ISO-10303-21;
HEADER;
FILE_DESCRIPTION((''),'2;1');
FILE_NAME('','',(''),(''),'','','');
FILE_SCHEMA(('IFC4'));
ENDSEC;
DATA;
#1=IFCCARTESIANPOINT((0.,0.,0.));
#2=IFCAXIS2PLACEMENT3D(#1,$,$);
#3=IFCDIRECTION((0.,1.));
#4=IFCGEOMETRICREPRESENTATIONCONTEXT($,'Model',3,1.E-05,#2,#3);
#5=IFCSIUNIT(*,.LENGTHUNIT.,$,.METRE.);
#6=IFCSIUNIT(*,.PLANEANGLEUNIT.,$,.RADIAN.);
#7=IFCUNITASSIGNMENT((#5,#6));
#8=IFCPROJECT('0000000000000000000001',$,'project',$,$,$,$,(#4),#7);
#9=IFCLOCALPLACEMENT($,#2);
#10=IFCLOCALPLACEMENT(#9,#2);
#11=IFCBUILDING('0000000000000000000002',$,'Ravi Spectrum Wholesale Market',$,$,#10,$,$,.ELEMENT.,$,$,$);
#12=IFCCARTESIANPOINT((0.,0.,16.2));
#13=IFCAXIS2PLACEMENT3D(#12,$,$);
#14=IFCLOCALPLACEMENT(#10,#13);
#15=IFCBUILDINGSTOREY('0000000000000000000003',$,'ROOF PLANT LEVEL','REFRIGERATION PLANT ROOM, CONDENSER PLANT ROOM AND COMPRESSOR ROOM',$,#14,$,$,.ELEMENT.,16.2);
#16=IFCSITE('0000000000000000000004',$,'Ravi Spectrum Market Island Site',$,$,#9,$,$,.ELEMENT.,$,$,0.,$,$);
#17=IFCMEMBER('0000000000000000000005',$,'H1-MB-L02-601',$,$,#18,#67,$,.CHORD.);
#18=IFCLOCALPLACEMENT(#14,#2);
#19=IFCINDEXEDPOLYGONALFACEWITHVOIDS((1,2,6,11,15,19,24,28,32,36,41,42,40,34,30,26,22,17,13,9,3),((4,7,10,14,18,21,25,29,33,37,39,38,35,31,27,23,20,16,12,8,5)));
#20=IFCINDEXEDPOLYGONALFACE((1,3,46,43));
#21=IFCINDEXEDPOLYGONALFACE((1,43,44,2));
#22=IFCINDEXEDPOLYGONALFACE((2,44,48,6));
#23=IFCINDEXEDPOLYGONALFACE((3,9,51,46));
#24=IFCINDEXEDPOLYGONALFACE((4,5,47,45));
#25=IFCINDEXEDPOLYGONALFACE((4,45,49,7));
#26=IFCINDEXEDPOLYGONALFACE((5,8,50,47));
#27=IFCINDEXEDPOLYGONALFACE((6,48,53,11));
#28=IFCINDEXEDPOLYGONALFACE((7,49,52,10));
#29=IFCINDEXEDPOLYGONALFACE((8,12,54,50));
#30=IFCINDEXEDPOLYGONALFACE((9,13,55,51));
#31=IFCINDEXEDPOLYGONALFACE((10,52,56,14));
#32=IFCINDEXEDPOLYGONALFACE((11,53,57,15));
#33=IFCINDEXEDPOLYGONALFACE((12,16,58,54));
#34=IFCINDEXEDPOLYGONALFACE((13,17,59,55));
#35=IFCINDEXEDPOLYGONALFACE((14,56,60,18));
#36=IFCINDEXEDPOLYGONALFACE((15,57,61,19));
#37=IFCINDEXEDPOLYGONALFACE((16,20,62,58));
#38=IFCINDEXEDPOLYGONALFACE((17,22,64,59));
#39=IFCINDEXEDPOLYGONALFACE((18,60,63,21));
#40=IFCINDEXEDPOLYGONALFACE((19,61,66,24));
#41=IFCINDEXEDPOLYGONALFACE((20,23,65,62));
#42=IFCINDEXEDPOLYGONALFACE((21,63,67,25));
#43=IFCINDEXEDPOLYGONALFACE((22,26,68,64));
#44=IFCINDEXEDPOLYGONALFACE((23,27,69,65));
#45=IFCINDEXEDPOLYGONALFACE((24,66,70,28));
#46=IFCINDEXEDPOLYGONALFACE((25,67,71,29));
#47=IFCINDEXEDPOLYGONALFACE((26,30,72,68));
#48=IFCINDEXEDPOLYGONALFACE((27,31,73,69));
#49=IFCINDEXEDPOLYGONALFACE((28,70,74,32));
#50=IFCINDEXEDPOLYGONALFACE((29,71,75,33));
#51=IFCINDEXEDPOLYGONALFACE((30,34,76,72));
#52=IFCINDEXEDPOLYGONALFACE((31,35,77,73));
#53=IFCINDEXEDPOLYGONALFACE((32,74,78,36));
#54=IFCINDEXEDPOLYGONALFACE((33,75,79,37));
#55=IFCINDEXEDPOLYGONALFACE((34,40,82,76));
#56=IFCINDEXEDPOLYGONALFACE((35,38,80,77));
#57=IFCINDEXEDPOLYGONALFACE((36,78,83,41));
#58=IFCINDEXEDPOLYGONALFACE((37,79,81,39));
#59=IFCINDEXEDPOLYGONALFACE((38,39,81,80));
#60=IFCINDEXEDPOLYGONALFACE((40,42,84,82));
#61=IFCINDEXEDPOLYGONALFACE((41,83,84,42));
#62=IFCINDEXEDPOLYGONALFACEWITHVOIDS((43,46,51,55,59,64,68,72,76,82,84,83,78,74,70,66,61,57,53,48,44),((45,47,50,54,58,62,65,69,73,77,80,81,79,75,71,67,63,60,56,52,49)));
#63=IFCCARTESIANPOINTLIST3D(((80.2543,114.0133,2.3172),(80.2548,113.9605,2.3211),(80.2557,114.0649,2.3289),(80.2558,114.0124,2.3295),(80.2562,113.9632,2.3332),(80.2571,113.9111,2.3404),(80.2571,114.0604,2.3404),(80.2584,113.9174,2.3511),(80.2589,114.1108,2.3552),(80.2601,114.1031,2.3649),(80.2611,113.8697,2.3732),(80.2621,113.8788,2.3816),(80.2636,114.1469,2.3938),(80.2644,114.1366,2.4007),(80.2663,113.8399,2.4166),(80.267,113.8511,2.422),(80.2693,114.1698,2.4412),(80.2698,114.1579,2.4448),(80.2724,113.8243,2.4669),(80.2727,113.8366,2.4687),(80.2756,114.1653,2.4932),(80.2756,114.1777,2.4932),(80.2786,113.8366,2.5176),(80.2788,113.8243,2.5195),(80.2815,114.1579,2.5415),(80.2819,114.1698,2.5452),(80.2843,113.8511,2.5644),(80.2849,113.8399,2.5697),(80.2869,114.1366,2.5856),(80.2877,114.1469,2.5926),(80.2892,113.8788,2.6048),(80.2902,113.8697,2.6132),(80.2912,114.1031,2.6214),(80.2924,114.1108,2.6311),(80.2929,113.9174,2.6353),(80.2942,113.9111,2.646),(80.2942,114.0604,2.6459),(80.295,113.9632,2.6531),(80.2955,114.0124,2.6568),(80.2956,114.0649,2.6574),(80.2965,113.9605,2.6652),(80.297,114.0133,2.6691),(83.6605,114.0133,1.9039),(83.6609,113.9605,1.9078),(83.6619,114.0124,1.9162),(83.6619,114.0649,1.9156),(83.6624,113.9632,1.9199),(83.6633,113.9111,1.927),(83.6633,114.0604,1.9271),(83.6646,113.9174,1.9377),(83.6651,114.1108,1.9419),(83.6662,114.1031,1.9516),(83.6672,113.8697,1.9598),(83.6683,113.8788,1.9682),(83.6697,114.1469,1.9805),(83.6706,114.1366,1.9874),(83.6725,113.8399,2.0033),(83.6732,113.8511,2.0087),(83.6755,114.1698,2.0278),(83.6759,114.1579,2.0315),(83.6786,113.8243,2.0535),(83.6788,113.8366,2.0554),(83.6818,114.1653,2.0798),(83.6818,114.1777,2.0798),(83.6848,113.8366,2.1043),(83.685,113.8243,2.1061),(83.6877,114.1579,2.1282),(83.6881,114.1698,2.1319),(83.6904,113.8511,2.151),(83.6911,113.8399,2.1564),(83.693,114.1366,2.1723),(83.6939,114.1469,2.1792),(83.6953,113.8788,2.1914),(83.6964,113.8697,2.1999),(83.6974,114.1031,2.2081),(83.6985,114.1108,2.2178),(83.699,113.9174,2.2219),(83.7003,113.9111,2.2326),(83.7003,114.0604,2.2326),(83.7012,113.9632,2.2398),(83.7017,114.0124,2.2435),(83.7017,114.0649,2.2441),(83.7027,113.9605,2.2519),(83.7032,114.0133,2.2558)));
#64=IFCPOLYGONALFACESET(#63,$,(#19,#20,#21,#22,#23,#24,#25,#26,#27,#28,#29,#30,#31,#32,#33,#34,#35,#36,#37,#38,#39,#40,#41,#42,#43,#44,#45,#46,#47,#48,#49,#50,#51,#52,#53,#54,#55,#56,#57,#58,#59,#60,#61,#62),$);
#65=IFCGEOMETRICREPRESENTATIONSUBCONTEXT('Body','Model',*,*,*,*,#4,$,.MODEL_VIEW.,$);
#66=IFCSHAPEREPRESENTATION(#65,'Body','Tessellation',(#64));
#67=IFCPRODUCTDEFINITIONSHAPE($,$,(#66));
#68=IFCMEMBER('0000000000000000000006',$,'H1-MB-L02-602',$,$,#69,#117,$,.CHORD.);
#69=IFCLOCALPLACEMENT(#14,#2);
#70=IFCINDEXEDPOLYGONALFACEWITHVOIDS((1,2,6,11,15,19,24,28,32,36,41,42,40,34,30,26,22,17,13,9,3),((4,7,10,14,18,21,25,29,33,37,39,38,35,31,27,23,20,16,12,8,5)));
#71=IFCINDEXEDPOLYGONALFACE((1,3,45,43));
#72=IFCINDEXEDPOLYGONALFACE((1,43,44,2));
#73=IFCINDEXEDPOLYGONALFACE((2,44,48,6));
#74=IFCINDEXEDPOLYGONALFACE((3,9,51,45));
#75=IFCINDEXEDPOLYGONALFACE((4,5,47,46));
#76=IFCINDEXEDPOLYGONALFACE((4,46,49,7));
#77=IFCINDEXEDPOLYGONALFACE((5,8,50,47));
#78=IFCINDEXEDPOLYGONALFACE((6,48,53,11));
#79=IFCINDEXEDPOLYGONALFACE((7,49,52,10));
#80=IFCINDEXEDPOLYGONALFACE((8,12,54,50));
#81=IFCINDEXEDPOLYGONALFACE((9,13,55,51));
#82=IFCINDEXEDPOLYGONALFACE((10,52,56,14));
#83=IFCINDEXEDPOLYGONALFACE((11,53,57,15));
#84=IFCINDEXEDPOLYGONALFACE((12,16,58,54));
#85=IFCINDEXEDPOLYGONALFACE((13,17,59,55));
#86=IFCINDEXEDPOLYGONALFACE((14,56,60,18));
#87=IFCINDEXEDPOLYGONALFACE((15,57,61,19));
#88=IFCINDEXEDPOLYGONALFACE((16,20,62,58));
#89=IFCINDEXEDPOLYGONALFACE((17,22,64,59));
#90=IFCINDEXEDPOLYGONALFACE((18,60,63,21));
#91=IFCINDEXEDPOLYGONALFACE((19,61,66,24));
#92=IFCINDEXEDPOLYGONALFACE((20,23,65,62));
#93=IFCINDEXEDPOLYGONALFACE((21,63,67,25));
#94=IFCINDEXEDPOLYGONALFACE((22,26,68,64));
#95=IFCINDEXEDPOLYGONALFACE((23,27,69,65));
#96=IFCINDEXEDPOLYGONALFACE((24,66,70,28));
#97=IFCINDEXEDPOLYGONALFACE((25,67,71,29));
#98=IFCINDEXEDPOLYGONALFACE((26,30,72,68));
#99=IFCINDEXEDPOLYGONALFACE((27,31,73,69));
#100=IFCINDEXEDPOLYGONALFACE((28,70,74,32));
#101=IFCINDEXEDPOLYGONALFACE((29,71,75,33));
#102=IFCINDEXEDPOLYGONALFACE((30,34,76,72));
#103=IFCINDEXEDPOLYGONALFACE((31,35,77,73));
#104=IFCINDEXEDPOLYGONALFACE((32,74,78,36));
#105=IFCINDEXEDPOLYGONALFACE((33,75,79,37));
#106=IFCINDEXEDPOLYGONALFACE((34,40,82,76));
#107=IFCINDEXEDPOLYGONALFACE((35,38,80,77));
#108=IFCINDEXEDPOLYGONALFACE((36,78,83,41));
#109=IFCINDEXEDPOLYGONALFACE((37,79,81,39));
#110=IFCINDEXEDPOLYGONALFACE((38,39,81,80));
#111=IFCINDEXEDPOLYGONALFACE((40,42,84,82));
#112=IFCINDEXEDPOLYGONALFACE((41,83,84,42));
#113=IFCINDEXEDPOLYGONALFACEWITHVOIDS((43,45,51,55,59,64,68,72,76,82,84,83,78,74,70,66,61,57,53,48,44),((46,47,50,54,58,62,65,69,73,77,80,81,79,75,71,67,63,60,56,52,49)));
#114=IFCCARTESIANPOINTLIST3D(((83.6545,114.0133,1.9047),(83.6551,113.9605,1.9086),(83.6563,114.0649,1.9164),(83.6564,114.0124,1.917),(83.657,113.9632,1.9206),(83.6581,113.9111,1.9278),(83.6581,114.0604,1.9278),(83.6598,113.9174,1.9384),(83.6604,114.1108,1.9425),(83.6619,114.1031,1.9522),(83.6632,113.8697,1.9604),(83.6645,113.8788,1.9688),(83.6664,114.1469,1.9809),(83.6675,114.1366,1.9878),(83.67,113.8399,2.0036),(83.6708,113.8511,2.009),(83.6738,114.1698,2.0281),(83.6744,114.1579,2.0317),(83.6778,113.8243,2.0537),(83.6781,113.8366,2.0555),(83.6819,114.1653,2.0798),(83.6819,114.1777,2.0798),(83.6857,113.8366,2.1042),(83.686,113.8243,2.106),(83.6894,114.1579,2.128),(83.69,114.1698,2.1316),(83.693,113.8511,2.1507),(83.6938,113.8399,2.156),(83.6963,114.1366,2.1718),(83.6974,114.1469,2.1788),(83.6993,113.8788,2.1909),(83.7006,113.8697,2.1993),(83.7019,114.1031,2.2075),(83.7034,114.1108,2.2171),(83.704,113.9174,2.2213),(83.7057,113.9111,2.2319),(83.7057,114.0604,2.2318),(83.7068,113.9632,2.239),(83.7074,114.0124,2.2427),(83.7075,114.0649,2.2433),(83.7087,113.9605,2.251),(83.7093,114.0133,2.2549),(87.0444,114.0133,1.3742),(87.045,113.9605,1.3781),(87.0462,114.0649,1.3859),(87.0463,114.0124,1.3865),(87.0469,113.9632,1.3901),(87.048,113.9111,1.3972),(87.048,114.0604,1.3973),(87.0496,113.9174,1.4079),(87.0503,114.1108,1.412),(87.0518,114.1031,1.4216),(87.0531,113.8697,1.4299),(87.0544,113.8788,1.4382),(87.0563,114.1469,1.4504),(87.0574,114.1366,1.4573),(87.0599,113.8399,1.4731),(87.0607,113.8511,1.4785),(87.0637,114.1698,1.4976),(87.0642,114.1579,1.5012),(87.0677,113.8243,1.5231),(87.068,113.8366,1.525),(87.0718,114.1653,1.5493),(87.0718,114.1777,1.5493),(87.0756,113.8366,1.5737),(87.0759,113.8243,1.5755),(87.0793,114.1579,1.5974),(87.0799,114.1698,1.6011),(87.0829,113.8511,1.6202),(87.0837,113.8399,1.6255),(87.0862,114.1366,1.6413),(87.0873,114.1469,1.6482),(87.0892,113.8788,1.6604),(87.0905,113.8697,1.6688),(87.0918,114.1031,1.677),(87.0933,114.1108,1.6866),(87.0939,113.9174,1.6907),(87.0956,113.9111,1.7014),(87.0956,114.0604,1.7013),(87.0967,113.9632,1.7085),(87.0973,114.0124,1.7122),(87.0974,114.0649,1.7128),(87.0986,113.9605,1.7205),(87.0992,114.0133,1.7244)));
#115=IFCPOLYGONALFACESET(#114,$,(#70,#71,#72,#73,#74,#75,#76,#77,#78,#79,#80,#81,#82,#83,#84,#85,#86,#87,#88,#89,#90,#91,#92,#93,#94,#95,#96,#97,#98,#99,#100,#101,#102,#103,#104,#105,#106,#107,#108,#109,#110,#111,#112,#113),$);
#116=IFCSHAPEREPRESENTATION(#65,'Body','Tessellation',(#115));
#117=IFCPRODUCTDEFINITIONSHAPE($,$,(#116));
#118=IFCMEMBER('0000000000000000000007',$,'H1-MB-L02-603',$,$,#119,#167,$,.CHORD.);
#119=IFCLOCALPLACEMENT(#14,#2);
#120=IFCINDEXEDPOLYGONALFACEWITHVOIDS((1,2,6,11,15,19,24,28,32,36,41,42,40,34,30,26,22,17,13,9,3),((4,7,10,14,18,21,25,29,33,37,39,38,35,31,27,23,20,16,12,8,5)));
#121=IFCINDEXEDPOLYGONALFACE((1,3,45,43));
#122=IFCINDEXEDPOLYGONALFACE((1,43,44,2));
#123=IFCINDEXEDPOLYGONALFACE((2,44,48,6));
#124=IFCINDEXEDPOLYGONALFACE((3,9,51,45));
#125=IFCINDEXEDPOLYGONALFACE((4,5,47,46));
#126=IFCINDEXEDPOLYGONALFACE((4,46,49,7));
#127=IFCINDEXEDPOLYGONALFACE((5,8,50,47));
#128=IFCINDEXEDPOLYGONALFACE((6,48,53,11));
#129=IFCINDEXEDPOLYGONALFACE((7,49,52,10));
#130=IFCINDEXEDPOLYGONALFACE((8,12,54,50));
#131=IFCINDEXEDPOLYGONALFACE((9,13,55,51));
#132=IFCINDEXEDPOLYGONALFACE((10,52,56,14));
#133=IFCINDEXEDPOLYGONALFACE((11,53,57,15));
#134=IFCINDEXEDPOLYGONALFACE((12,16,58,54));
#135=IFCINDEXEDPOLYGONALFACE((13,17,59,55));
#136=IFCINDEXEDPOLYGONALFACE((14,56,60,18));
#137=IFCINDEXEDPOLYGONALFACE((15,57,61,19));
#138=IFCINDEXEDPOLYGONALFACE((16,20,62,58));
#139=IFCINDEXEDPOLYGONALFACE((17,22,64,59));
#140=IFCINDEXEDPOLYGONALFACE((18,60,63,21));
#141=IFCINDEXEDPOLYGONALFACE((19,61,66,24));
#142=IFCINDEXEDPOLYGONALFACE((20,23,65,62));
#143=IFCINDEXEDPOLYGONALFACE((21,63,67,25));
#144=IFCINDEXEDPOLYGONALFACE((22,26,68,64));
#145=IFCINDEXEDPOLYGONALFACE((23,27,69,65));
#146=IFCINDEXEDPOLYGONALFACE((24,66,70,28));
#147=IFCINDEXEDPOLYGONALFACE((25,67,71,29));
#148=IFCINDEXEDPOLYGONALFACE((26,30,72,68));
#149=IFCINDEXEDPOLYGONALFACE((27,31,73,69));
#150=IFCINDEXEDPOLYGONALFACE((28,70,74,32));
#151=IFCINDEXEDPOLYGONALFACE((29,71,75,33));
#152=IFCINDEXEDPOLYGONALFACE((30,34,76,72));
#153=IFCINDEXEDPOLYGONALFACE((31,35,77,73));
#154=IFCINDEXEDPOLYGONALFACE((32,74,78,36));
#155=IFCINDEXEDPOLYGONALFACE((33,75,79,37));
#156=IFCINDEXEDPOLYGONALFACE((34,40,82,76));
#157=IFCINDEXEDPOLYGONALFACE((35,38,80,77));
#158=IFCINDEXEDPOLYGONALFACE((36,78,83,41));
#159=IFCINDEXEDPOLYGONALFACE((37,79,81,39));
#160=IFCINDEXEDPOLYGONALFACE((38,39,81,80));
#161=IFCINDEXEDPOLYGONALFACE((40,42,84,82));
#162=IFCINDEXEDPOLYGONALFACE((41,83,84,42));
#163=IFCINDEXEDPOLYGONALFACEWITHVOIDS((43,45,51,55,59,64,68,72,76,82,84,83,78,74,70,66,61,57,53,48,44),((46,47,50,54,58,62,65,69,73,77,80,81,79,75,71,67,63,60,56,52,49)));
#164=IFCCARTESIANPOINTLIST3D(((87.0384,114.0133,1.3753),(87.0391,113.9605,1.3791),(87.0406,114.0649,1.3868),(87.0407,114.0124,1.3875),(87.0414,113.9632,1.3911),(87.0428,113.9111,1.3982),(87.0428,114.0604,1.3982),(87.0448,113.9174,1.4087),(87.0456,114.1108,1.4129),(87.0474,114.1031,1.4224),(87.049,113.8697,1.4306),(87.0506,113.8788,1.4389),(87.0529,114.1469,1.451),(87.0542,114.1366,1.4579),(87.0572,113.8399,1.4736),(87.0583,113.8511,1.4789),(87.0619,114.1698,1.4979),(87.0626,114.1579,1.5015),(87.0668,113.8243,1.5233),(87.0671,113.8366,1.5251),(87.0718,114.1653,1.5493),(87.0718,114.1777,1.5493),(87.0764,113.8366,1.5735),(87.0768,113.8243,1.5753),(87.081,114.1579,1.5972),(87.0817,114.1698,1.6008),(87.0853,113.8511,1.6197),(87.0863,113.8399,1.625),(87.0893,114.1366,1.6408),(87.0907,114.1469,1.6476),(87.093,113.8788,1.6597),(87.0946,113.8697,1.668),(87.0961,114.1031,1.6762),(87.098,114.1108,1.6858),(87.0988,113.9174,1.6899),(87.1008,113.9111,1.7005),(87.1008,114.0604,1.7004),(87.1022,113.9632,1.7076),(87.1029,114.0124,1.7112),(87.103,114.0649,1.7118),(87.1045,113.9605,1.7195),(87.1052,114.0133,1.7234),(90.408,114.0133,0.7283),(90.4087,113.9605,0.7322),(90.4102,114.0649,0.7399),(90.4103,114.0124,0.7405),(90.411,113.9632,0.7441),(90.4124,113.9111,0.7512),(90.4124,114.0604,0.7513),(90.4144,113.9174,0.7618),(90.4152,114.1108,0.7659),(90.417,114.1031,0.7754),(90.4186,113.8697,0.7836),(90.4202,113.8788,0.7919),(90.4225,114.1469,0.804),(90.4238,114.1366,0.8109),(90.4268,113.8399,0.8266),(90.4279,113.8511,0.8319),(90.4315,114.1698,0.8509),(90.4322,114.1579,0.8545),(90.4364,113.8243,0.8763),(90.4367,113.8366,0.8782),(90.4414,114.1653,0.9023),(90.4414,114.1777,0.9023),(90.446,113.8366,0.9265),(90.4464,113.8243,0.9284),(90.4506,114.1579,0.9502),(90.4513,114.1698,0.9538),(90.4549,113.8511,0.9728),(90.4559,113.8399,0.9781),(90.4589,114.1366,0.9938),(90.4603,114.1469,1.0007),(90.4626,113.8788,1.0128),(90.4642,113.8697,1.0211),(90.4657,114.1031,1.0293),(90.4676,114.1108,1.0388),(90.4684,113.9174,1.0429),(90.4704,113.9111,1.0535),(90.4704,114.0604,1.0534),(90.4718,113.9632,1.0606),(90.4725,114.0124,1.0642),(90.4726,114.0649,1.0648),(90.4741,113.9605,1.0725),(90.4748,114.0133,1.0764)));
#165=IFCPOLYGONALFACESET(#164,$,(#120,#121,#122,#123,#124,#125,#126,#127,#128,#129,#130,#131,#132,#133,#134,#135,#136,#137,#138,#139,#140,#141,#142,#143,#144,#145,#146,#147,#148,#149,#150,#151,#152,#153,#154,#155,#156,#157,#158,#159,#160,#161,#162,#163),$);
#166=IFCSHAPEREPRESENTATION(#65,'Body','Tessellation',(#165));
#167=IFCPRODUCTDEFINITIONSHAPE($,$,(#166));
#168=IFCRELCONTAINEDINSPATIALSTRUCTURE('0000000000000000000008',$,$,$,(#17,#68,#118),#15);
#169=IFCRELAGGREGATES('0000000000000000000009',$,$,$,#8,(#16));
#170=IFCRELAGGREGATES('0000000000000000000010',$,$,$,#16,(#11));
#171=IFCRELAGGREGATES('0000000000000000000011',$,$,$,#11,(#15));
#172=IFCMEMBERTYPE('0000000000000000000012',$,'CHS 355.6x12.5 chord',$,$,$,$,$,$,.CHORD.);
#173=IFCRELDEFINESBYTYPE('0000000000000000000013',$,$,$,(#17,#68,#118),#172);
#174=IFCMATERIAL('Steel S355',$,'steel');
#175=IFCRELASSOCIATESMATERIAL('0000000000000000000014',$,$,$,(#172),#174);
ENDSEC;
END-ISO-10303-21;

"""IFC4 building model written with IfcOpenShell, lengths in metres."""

from ifc_helpers import new_model, si_unit, direction, frame, origin, origin_2d, place, context, subcontext, project, spatial, hollow_circle, extrude, material, material_profile, profile_set, type_object, element, save


model = new_model("IFC4")

# Units and contexts
model_context = context("Model", 3, precision=1e-05, world=origin(), true_north=direction((0.0, 1.0)))
body_context = subcontext(model_context, "Body", "Model", "MODEL_VIEW")
ifc_project = project(units=[si_unit("LENGTHUNIT", "METRE"), si_unit("PLANEANGLEUNIT", "RADIAN")], contexts=[model_context])

# Site, building, storey
site_placement = place(None, origin())
site = spatial("IfcSite", under=ifc_project, at=site_placement, Name="Ravi Spectrum Market Island Site", CompositionType="ELEMENT", RefElevation=0.0)
building_placement = place(site_placement, origin())
building = spatial("IfcBuilding", under=site, at=building_placement, Name="Ravi Spectrum Wholesale Market", CompositionType="ELEMENT")
storey_placement = place(building_placement, frame((0.0, 0.0, 16.2)))
storey = spatial("IfcBuildingStorey", under=building, at=storey_placement, Name="ROOF PLANT LEVEL", Description="REFRIGERATION PLANT ROOM, CONDENSER PLANT ROOM AND COMPRESSOR ROOM", CompositionType="ELEMENT", Elevation=16.2)

# Members
ifc_material_1 = material(Name="Steel S355", Category="steel")
ifc_material_profile_1 = material_profile(ifc_material_1, hollow_circle(Radius=0.1777, WallThickness=0.0125, at=origin_2d()))
ifc_profile_set_1 = profile_set([ifc_material_profile_1], Name="Steel S355")
member_type_1 = type_object("IfcMemberType", Name="CHS 355.6x12.5 chord", PredefinedType="CHORD", material=ifc_profile_set_1)
for number, where, z_axis, x_axis, name in (
    (1, (80.2756, 114.0, 2.4932), (0.992718, 0.0, -0.120461), (0.0, 1.0, 0.0), "H1-MB-L02-601"),
    (2, (83.6819, 114.0, 2.0798), (0.987974, 0.0, -0.154618), (0.0, 1.0, 0.0), "H1-MB-L02-602"),
    (3, (87.0718, 114.0, 1.5493), (0.982062, 0.0, -0.188557), (0.0, 1.0, 0.0), "H1-MB-L02-603"),
):
    element("IfcMember", number, at=place(storey_placement, frame(where, z_axis=z_axis, x_axis=x_axis)), inside=storey, type_object=member_type_1, Name=name, PredefinedType="CHORD", context=body_context, shape_type="SweptSolid", body=[
        extrude(hollow_circle(Radius=0.1777, WallThickness=0.0125, at=origin_2d()), origin(), (0.0, 0.0, 1.0), 3.4312),
    ])

save(model, "model.ifc")
